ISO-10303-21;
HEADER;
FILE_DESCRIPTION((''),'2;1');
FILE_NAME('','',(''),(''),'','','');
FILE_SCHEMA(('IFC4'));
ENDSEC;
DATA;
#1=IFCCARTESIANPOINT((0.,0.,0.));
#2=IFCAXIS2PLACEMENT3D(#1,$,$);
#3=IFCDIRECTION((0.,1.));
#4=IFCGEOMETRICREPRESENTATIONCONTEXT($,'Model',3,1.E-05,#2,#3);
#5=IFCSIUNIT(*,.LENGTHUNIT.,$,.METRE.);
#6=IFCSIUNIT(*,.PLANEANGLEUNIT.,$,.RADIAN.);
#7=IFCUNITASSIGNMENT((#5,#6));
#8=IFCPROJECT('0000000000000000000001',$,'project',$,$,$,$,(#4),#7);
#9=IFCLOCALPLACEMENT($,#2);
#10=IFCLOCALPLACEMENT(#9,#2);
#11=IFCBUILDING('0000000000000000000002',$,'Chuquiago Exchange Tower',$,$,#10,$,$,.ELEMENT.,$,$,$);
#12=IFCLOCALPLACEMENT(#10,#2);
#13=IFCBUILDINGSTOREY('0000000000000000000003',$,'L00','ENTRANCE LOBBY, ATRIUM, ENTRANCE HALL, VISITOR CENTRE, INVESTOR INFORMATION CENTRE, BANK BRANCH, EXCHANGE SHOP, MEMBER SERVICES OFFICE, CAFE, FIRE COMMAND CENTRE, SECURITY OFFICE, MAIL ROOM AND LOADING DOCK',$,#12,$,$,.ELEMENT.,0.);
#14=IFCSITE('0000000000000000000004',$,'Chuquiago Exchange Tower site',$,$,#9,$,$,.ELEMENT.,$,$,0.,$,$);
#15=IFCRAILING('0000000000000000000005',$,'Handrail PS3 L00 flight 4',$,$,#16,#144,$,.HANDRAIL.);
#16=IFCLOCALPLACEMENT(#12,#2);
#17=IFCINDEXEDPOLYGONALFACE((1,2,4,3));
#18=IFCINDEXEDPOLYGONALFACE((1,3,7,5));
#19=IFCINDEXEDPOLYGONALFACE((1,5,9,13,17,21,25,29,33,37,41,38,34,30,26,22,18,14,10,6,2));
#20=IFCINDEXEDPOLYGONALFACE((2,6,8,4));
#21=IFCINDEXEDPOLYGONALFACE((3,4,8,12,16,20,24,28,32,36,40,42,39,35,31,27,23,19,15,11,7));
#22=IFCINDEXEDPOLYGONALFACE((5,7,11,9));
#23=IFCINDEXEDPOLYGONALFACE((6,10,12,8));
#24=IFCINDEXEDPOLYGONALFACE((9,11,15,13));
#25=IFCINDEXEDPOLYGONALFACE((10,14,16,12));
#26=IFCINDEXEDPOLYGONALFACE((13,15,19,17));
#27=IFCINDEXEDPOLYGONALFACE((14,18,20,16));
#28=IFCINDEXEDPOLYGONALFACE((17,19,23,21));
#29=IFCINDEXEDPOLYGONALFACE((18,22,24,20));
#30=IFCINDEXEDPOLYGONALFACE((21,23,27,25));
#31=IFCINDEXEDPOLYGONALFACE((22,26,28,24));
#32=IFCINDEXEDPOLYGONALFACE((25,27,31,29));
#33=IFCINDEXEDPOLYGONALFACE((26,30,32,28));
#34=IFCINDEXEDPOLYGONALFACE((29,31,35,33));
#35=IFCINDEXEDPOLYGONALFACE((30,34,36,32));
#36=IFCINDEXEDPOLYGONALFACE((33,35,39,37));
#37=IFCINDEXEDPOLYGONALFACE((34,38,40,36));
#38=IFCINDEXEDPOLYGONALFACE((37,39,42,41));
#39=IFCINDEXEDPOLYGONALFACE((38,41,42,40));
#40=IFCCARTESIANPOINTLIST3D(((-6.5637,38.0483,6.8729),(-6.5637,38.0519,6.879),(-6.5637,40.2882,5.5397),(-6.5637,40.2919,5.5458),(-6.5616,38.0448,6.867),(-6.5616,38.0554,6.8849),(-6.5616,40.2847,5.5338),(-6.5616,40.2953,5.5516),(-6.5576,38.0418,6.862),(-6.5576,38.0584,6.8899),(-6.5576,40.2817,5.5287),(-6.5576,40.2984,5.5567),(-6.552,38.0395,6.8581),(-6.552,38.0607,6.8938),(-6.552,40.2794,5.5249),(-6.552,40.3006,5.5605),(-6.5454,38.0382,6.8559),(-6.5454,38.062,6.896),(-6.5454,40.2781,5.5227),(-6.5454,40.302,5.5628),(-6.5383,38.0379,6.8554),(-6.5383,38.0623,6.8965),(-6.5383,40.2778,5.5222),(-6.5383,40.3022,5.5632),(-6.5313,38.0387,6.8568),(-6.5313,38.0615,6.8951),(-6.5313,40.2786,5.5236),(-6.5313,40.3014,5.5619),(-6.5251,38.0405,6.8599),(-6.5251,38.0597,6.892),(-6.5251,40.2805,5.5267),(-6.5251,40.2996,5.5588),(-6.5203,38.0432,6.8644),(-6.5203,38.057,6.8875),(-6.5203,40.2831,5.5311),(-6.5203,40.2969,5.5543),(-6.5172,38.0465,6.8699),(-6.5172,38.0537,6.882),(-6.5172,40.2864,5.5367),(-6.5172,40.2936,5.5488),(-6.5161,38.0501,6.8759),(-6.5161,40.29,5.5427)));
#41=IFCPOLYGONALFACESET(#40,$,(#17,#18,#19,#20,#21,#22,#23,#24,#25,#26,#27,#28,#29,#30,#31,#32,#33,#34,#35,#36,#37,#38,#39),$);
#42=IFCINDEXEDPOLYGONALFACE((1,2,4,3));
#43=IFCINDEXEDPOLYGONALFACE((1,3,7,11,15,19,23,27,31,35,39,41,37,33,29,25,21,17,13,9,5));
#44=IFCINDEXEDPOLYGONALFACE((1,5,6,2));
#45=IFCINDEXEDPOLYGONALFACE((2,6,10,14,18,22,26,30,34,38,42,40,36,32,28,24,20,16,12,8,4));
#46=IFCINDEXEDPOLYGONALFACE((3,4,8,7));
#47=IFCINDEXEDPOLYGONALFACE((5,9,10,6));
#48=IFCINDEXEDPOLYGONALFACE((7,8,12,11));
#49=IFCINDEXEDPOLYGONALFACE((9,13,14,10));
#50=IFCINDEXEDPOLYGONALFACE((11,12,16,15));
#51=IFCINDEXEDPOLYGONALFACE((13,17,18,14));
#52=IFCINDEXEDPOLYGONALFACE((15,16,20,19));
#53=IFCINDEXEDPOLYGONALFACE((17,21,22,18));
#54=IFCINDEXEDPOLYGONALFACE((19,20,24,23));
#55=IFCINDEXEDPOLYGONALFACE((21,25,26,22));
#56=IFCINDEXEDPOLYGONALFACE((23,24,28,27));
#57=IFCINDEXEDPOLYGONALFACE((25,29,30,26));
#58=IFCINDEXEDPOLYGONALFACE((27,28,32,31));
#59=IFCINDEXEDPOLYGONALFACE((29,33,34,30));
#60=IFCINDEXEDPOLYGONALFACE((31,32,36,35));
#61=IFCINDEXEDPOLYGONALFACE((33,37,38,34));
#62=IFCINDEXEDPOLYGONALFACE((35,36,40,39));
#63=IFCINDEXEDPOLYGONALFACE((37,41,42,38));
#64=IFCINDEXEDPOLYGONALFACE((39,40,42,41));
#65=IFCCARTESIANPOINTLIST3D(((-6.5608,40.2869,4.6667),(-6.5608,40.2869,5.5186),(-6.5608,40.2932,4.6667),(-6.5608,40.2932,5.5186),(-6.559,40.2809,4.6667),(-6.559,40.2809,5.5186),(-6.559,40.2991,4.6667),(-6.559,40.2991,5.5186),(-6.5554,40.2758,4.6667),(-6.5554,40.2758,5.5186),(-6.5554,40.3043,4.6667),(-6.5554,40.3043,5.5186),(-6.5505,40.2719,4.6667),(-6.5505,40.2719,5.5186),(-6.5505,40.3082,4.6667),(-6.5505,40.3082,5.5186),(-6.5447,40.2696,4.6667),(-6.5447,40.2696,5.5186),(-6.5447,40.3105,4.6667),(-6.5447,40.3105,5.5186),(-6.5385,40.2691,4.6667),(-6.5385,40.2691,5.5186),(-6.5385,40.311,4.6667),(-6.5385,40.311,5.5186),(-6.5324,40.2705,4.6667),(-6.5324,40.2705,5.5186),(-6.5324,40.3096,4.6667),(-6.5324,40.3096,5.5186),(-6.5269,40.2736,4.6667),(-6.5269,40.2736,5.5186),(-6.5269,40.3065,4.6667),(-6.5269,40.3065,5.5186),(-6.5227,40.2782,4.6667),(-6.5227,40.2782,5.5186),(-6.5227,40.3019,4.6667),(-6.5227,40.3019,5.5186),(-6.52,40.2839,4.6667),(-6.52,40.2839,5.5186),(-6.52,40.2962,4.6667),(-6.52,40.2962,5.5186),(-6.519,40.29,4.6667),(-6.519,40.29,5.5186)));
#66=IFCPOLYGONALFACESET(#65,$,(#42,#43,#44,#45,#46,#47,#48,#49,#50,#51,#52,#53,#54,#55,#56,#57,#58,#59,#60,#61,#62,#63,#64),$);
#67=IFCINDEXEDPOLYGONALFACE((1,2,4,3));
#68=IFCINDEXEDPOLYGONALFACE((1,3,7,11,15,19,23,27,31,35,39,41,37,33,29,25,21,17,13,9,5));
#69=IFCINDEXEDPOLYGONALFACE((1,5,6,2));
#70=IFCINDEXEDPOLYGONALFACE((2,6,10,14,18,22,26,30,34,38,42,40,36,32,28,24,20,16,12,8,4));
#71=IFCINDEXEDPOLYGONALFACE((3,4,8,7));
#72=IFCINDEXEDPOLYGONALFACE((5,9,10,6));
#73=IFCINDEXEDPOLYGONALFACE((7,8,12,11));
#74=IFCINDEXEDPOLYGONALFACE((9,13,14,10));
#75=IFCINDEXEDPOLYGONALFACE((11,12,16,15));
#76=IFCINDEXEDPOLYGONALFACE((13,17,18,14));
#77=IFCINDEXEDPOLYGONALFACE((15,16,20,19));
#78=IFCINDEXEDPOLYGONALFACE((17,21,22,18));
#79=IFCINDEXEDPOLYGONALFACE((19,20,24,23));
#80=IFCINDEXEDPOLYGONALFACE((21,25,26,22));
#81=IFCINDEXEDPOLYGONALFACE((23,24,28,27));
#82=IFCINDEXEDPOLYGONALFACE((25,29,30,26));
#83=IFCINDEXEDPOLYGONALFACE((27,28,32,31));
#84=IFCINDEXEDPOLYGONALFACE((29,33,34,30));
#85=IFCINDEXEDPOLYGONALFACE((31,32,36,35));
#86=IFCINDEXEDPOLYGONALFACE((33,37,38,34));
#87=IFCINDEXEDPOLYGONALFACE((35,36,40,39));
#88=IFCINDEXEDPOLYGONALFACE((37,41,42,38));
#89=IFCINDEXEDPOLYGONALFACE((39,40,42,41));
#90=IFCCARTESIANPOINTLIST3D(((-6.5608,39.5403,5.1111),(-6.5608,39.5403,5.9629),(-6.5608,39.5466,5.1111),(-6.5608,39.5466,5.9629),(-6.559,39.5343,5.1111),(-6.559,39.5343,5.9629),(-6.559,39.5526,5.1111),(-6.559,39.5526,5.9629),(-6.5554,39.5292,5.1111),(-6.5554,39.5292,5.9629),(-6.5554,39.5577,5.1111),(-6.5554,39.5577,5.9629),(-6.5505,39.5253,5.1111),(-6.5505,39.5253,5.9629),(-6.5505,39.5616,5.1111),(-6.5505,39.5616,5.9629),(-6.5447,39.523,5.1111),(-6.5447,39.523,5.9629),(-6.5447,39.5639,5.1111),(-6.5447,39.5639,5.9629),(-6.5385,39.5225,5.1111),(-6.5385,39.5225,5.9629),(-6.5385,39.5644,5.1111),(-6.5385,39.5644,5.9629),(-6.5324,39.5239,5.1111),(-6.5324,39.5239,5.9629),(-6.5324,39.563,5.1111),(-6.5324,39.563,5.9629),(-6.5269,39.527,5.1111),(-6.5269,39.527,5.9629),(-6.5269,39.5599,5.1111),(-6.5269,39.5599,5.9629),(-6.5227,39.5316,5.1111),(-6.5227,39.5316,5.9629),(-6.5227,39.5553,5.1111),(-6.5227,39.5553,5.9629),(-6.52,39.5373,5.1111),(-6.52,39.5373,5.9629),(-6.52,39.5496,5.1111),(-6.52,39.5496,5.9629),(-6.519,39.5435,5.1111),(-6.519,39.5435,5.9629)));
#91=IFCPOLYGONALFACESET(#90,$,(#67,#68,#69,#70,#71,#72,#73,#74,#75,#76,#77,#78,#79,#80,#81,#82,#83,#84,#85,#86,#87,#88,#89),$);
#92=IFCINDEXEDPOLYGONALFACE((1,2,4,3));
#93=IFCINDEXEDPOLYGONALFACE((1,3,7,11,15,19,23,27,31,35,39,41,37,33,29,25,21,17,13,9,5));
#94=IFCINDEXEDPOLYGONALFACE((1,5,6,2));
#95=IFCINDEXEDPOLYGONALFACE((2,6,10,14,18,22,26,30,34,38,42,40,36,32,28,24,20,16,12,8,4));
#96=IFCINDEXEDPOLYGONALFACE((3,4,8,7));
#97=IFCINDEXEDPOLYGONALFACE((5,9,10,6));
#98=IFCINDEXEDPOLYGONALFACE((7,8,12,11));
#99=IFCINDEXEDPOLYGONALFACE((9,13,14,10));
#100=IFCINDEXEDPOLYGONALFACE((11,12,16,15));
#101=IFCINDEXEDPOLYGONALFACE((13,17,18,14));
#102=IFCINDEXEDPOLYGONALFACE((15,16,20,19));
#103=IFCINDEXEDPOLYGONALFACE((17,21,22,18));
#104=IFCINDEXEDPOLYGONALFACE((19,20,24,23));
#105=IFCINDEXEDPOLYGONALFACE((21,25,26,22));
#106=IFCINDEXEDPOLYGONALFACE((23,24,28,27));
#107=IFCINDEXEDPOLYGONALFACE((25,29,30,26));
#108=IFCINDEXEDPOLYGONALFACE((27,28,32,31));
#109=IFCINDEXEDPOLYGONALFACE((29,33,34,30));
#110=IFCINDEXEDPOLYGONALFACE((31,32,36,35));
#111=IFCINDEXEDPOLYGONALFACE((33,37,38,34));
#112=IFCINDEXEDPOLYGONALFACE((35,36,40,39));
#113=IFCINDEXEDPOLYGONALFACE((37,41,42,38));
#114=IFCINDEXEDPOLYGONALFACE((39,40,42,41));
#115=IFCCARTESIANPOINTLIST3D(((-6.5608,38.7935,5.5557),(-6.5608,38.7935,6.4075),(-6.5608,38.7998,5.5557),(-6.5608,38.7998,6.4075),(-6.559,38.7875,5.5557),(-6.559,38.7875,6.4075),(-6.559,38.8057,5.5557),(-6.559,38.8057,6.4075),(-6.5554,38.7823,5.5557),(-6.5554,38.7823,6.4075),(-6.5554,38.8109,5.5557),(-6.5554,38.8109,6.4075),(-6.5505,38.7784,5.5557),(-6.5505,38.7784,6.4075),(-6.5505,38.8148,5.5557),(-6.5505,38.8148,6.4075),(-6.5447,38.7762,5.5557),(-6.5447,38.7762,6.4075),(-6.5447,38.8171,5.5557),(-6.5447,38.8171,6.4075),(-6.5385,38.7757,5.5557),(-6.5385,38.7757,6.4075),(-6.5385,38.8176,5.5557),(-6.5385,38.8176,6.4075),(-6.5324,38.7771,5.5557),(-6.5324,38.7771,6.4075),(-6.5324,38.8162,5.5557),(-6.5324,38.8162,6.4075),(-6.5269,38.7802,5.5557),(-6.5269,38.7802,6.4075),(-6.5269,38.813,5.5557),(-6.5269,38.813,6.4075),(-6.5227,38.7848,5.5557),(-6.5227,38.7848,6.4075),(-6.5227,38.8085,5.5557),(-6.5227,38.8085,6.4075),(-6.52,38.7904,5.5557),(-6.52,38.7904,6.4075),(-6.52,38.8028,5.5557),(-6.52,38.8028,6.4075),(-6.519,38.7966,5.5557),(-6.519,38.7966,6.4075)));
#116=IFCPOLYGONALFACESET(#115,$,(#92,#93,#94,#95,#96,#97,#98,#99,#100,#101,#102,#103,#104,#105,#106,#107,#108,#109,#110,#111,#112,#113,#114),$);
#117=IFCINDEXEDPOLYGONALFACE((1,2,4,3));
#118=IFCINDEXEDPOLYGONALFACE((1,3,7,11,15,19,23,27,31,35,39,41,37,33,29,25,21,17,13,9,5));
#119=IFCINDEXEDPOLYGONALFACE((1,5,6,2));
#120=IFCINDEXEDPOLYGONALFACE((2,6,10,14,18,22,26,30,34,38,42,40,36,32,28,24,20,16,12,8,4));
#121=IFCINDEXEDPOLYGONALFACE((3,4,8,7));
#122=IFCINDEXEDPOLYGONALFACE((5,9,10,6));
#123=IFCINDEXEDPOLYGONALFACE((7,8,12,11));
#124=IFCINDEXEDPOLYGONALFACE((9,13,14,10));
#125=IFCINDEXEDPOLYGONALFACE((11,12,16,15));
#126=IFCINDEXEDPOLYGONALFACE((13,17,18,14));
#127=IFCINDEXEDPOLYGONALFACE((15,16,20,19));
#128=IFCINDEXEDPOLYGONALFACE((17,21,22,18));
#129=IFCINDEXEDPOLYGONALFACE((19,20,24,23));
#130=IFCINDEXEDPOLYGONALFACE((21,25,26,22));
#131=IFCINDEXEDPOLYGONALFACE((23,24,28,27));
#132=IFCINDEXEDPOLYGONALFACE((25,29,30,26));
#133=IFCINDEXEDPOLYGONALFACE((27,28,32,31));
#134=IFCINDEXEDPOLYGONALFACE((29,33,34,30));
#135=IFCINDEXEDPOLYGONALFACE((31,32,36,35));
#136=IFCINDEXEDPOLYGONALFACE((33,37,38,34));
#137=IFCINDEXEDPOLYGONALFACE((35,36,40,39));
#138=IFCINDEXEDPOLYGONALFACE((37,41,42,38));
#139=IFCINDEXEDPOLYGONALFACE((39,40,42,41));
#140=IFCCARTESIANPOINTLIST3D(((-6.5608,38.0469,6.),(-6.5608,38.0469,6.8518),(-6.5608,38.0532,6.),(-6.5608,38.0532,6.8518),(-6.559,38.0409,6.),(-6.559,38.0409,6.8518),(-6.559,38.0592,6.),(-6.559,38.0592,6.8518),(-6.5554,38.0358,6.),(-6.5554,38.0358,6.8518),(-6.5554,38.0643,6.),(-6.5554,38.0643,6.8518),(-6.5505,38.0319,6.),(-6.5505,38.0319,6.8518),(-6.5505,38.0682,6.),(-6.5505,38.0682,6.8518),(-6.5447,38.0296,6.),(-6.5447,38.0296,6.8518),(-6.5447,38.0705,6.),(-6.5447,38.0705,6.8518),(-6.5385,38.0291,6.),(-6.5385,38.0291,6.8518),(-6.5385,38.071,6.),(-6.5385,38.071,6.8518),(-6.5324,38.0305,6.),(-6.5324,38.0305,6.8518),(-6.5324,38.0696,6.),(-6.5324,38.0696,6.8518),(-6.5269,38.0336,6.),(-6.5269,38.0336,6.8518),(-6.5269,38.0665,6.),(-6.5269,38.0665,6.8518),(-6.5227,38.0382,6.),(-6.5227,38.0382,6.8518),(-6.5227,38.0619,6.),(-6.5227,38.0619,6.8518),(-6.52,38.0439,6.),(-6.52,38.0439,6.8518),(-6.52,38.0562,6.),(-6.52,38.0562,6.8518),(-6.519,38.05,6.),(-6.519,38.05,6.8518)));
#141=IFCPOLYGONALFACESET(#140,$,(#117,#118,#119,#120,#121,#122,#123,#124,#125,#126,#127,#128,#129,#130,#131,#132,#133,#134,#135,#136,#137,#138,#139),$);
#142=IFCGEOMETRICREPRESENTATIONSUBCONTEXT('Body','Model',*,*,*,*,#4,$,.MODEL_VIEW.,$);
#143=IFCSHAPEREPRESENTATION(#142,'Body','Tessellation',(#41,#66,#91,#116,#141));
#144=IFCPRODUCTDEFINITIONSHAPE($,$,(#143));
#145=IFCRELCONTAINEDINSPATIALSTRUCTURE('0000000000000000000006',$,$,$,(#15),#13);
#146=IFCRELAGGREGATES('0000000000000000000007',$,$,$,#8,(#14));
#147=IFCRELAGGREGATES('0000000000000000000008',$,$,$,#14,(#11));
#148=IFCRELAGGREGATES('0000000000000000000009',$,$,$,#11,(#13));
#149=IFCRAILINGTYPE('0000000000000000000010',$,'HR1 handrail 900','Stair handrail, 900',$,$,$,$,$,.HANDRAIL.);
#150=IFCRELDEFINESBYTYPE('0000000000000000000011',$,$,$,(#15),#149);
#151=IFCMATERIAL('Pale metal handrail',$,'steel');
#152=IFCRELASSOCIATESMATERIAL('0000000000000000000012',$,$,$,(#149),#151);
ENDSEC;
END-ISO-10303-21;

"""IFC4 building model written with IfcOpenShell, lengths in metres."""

from ifc_helpers import new_model, si_unit, direction, frame, origin, origin_2d, place, context, subcontext, project, spatial, circle, extrude, material, type_object, element, save


model = new_model("IFC4")

# Units and contexts
model_context = context("Model", 3, precision=1e-05, world=origin(), true_north=direction((0.0, 1.0)))
body_context = subcontext(model_context, "Body", "Model", "MODEL_VIEW")
ifc_project = project(units=[si_unit("LENGTHUNIT", "METRE"), si_unit("PLANEANGLEUNIT", "RADIAN")], contexts=[model_context])

# Site, building, storey
site_placement = place(None, origin())
site = spatial("IfcSite", under=ifc_project, at=site_placement, Name="Chuquiago Exchange Tower site", CompositionType="ELEMENT", RefElevation=0.0)
building_placement = place(site_placement, origin())
building = spatial("IfcBuilding", under=site, at=building_placement, Name="Chuquiago Exchange Tower", CompositionType="ELEMENT")
storey_placement = place(building_placement, origin())
storey = spatial("IfcBuildingStorey", under=building, at=storey_placement, Name="L00", Description="ENTRANCE LOBBY, ATRIUM, ENTRANCE HALL, VISITOR CENTRE, INVESTOR INFORMATION CENTRE, BANK BRANCH, EXCHANGE SHOP, MEMBER SERVICES OFFICE, CAFE, FIRE COMMAND CENTRE, SECURITY OFFICE, MAIL ROOM AND LOADING DOCK", CompositionType="ELEMENT", Elevation=0.0)

# Railing
ifc_material_1 = material(Name="Pale metal handrail", Category="steel")
railing_type = type_object("IfcRailingType", Name="HR1 handrail 900", Description="Stair handrail, 900", PredefinedType="HANDRAIL", material=ifc_material_1)
railing_1_placement = place(storey_placement, frame((-6.54, 40.29, 4.6667)))
element("IfcRailing", 1, at=railing_1_placement, inside=storey, type_object=railing_type, Name="Handrail PS3 L00 flight 4", PredefinedType="HANDRAIL", context=body_context, shape_type="SweptSolid", body=[
    extrude(circle(Radius=0.0239, at=origin_2d()), frame((0.0, 0.0, 0.876), z_axis=(0.0, -0.859306, 0.511462), x_axis=(1.0, 0.0, 0.0)), (0.0, 0.0, 1.0), 2.6067),
    extrude(circle(Radius=0.021, at=origin_2d()), origin(), (0.0, 0.0, 1.0), 0.8518),
    extrude(circle(Radius=0.021, at=origin_2d()), frame((0.0, -0.7466, 0.4443)), (0.0, 0.0, 1.0), 0.8518),
    extrude(circle(Radius=0.021, at=origin_2d()), frame((0.0, -1.4934, 0.8889)), (0.0, 0.0, 1.0), 0.8518),
    extrude(circle(Radius=0.021, at=origin_2d()), frame((0.0, -2.24, 1.3333)), (0.0, 0.0, 1.0), 0.8518),
])

save(model, "model.ifc")
